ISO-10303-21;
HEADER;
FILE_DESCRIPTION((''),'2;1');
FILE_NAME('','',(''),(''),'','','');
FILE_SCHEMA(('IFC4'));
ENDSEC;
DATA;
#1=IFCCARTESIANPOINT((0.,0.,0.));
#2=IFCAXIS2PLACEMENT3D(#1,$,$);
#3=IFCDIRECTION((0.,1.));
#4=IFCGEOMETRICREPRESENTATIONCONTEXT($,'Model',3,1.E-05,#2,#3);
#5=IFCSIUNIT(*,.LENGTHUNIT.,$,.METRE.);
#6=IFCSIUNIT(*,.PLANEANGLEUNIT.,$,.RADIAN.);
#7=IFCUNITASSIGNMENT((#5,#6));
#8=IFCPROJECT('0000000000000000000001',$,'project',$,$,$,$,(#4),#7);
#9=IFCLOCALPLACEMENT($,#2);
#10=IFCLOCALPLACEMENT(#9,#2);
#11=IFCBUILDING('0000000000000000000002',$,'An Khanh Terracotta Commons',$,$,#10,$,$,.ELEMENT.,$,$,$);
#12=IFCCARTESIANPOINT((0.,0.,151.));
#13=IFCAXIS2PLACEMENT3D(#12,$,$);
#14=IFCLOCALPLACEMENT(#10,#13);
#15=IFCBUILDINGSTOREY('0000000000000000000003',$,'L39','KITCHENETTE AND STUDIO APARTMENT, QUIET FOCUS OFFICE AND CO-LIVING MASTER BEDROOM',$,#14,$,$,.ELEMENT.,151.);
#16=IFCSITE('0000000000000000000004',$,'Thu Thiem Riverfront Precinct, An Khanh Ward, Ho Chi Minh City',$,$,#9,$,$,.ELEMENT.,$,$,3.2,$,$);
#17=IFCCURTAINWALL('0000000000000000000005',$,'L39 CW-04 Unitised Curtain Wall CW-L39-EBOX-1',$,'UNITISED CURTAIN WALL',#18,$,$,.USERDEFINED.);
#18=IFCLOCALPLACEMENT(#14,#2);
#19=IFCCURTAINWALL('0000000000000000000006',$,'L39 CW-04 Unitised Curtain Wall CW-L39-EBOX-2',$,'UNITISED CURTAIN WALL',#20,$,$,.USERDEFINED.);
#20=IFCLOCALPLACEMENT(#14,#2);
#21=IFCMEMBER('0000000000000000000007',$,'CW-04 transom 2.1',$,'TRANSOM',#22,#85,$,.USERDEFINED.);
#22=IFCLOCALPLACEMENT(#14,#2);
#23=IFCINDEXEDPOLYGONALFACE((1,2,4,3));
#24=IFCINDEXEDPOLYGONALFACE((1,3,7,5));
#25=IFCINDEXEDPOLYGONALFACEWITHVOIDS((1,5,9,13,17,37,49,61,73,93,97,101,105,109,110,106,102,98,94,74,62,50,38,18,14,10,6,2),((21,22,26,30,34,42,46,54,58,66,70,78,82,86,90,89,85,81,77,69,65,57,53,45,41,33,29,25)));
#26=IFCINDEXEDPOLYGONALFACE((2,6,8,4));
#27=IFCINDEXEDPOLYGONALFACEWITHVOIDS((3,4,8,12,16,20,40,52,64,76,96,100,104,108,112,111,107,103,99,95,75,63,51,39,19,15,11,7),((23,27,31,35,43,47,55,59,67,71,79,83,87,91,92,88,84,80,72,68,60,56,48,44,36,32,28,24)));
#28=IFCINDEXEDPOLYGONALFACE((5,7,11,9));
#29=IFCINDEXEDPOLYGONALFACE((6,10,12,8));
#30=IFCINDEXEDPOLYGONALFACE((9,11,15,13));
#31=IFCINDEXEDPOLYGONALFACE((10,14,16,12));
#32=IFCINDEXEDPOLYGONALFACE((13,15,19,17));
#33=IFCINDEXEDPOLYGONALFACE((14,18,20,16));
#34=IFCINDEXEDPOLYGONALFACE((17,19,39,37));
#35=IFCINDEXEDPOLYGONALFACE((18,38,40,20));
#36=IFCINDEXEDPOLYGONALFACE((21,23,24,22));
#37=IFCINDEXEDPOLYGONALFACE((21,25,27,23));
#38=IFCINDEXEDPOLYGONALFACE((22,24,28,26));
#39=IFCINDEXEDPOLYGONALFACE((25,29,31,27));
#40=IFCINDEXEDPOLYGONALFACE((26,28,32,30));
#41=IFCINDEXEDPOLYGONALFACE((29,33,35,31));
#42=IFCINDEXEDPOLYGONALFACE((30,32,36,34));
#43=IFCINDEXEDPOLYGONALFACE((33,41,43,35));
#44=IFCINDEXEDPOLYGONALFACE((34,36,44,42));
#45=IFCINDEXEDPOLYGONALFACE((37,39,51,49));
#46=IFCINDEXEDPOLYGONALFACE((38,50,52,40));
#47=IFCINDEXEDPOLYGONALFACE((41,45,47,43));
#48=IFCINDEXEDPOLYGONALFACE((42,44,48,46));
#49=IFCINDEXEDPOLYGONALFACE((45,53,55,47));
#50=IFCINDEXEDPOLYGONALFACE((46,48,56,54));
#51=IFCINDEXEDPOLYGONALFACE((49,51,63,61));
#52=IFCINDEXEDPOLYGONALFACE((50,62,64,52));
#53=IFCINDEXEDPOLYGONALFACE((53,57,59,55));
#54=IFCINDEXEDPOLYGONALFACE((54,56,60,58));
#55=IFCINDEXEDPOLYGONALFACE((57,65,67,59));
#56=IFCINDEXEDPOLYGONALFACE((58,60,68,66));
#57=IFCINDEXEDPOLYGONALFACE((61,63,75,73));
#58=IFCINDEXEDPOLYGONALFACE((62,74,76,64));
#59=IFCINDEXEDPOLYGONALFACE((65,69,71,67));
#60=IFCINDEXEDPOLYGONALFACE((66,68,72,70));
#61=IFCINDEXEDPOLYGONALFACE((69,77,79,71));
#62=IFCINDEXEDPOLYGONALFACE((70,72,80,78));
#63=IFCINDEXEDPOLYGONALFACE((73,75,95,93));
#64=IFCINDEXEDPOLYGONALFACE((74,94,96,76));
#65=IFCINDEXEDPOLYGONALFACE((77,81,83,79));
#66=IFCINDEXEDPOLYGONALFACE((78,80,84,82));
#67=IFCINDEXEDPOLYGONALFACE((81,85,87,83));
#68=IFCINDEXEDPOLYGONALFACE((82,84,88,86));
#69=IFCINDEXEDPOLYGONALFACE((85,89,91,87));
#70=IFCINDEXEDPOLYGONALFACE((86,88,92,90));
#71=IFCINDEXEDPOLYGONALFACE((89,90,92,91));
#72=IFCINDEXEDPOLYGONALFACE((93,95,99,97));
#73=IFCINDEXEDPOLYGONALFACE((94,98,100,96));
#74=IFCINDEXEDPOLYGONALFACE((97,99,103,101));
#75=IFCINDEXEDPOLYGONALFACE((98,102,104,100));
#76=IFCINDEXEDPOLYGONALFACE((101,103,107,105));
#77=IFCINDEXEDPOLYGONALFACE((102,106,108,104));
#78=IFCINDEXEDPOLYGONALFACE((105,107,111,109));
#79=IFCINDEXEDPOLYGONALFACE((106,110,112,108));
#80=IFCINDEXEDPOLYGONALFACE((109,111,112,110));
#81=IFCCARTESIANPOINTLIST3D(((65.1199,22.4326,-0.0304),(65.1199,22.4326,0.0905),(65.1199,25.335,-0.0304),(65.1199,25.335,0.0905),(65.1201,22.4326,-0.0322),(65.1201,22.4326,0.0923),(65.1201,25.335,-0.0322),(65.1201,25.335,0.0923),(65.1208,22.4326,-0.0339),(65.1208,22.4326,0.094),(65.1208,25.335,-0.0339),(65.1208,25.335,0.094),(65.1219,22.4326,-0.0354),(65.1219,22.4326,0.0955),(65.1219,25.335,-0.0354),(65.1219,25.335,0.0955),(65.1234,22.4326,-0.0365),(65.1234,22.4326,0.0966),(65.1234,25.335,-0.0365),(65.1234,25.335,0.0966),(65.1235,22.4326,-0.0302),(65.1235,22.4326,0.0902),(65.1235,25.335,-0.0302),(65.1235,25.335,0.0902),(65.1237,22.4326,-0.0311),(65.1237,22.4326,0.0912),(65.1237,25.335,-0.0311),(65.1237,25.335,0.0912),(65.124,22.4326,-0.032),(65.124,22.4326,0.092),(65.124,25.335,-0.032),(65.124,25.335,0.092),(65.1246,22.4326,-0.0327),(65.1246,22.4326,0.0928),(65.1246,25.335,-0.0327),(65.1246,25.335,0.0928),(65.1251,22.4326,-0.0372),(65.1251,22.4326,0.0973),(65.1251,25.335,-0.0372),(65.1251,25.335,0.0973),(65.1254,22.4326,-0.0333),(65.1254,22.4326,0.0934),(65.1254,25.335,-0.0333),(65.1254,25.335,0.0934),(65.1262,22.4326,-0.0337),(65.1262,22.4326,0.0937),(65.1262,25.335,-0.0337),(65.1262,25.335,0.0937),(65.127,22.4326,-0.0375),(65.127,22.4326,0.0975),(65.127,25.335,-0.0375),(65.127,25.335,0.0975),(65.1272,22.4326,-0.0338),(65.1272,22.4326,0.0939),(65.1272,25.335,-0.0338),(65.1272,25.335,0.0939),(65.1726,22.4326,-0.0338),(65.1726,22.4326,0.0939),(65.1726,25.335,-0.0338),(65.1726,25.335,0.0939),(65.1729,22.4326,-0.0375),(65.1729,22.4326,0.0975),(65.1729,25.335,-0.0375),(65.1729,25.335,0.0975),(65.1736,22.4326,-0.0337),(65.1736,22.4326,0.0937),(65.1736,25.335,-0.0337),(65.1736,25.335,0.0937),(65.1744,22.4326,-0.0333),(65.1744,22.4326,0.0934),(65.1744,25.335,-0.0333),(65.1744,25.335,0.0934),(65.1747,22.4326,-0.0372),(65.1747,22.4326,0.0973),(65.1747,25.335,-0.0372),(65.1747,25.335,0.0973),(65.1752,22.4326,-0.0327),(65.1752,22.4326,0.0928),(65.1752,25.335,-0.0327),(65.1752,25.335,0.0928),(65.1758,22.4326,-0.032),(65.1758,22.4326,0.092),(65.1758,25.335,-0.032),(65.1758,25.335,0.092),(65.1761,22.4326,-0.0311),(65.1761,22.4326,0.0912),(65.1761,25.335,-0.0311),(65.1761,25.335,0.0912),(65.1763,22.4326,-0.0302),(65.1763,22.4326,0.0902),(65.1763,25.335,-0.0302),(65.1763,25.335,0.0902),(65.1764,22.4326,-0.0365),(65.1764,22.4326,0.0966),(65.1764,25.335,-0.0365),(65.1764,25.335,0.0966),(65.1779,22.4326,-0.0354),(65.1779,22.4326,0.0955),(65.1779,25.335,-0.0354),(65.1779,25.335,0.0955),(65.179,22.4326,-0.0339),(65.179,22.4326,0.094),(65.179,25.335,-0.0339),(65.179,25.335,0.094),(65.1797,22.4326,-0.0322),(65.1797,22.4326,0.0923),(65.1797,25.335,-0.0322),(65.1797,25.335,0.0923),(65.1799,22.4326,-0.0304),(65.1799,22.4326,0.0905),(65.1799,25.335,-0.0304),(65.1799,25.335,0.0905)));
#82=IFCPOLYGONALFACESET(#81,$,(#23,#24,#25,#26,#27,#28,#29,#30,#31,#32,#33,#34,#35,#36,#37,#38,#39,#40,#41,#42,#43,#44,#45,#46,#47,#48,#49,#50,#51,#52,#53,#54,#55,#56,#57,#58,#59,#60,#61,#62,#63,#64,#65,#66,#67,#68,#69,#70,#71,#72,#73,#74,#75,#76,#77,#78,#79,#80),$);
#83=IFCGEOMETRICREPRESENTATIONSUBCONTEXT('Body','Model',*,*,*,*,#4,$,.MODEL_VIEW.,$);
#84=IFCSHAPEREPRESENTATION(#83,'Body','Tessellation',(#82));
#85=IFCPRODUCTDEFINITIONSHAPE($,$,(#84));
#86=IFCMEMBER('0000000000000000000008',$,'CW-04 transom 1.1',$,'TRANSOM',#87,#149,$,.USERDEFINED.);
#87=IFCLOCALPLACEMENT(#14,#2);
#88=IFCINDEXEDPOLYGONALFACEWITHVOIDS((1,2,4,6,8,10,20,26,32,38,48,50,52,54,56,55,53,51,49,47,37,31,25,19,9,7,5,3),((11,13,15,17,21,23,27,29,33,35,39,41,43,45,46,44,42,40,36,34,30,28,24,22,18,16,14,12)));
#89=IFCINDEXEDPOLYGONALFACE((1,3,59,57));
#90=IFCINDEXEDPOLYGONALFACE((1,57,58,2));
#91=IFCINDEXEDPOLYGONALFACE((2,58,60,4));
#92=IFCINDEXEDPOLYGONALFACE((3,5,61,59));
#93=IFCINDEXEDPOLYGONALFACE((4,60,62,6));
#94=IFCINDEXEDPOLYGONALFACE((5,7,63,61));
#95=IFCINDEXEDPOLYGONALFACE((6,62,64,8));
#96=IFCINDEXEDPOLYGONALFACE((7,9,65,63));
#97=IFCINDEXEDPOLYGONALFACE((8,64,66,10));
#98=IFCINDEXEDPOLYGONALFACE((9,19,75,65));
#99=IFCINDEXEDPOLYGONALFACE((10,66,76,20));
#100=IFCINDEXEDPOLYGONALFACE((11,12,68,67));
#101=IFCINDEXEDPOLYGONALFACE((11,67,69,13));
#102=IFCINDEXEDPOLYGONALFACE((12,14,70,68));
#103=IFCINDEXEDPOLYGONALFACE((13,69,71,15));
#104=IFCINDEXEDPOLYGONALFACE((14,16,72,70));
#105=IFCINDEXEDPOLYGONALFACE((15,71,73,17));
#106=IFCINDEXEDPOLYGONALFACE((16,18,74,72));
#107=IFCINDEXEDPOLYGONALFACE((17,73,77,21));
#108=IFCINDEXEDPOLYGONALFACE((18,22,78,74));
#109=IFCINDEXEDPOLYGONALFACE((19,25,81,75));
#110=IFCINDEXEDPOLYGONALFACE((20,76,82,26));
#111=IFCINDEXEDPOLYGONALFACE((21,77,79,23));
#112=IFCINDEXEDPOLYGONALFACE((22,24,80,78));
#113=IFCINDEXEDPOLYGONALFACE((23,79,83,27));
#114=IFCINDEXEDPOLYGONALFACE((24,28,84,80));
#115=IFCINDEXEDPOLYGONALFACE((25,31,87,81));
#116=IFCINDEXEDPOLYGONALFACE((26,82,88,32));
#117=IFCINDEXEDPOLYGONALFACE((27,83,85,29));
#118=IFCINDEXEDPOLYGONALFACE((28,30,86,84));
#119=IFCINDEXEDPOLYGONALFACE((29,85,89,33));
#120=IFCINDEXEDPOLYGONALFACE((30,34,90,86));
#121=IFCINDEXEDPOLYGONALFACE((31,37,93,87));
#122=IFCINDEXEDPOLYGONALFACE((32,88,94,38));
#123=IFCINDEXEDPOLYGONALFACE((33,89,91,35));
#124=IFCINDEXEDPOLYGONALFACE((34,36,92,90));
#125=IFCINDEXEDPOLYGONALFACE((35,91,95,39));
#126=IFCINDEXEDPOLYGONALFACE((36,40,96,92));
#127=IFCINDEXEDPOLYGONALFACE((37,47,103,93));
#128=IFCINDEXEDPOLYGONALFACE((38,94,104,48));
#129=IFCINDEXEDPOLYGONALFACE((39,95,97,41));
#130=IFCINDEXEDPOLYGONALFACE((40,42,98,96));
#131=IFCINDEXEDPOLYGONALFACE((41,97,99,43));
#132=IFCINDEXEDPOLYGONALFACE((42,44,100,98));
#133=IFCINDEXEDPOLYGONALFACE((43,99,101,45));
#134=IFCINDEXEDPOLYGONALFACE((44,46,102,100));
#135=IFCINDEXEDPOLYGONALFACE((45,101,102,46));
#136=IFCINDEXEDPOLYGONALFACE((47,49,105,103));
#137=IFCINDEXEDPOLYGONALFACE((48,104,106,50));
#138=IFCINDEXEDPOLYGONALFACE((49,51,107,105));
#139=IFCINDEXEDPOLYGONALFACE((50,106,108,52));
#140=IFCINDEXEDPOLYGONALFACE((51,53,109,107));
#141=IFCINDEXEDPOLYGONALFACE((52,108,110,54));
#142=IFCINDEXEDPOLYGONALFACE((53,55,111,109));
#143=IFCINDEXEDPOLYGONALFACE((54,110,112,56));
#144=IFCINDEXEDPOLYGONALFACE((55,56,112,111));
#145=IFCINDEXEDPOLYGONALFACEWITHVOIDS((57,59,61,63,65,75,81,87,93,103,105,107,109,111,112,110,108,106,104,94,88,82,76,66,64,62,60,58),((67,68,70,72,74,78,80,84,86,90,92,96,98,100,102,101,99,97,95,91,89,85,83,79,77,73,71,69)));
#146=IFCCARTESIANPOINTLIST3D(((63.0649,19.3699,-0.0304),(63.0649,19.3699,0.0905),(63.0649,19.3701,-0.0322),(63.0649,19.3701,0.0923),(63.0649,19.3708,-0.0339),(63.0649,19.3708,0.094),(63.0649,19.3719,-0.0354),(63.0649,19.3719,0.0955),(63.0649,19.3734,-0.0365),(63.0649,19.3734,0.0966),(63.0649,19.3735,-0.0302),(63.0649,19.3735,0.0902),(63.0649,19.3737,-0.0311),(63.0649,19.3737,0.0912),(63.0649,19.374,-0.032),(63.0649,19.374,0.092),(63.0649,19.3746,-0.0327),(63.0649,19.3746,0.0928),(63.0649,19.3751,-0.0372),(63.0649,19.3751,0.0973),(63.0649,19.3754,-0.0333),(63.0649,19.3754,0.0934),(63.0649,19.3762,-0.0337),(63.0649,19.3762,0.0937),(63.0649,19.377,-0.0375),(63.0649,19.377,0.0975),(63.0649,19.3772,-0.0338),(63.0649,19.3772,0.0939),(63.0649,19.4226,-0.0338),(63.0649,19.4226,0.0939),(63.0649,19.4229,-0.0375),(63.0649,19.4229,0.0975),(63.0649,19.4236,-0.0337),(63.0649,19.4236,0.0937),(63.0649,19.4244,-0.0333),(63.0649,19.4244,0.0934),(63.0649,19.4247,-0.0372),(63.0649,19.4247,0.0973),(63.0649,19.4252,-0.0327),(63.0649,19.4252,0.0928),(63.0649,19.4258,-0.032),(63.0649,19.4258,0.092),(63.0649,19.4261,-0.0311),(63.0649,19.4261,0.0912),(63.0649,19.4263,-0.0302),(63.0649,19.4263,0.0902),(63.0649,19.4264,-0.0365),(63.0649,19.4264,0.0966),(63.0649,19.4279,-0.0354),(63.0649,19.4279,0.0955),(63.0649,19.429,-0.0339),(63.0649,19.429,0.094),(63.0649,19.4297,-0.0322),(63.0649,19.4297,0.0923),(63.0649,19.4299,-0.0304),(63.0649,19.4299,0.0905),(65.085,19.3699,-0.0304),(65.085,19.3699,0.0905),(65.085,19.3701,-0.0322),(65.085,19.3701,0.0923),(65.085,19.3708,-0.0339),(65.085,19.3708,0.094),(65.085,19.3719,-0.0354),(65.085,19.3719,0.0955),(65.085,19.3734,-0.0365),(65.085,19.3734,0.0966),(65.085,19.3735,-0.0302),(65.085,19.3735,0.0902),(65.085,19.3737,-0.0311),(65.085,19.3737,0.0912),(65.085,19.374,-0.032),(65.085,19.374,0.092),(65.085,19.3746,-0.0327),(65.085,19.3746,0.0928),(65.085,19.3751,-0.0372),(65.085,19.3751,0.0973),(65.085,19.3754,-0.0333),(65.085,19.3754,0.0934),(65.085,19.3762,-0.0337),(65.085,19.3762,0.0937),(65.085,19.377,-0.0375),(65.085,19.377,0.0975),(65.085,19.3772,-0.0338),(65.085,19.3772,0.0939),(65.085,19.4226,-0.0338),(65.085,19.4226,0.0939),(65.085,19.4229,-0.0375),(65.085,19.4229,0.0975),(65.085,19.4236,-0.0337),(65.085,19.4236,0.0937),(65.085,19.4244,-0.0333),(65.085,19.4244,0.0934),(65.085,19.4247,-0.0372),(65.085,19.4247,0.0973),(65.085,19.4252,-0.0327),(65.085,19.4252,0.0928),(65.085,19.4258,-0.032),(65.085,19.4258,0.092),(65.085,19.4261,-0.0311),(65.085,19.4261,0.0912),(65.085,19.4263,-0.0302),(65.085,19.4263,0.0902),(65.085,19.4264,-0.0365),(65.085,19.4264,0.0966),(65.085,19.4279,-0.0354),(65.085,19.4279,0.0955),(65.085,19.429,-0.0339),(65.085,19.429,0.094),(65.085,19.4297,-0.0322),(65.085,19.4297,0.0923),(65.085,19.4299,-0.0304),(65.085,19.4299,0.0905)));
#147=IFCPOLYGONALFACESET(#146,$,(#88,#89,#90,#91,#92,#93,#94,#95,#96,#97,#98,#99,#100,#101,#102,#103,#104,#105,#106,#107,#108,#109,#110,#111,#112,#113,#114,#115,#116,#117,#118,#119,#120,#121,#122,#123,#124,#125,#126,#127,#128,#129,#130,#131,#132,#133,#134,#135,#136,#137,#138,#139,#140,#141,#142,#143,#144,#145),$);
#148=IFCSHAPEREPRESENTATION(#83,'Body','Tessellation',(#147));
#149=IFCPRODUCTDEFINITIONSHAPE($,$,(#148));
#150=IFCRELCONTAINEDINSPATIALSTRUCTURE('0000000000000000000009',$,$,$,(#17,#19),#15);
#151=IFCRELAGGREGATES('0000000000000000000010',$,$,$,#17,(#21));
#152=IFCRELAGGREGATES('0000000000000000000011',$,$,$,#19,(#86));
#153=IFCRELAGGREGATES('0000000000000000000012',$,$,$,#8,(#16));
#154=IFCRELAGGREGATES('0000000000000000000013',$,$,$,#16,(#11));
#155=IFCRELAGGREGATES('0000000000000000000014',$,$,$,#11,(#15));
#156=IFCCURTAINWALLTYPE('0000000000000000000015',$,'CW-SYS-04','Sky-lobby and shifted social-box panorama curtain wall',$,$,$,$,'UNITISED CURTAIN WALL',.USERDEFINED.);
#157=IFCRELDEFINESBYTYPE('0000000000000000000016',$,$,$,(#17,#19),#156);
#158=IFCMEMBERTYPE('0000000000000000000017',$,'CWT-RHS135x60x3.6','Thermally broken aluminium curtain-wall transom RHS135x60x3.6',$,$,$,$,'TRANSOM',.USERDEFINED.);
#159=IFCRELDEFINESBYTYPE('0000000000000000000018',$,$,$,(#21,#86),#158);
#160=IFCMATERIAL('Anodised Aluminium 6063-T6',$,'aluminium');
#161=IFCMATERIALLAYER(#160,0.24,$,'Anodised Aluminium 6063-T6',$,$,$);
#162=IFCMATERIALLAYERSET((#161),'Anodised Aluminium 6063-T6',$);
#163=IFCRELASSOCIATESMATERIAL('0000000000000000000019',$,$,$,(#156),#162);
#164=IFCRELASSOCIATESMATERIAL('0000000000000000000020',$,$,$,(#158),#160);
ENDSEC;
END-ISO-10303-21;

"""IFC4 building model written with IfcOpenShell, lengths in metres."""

from ifc_helpers import new_model, si_unit, direction, frame, origin, origin_2d, place, context, subcontext, project, spatial, hollow_rectangle, extrude, material, layer, layer_set, material_profile, profile_set, type_object, element, aggregate, save


model = new_model("IFC4")

# Units and contexts
model_context = context("Model", 3, precision=1e-05, world=origin(), true_north=direction((0.0, 1.0)))
body_context = subcontext(model_context, "Body", "Model", "MODEL_VIEW")
ifc_project = project(units=[si_unit("LENGTHUNIT", "METRE"), si_unit("PLANEANGLEUNIT", "RADIAN")], contexts=[model_context])

# Site, building, storey
site_placement = place(None, origin())
site = spatial("IfcSite", under=ifc_project, at=site_placement, Name="Thu Thiem Riverfront Precinct, An Khanh Ward, Ho Chi Minh City", CompositionType="ELEMENT", RefElevation=3.2)
building_placement = place(site_placement, origin())
building = spatial("IfcBuilding", under=site, at=building_placement, Name="An Khanh Terracotta Commons", CompositionType="ELEMENT")
storey_placement = place(building_placement, frame((0.0, 0.0, 151.0)))
storey = spatial("IfcBuildingStorey", under=building, at=storey_placement, Name="L39", Description="KITCHENETTE AND STUDIO APARTMENT, QUIET FOCUS OFFICE AND CO-LIVING MASTER BEDROOM", CompositionType="ELEMENT", Elevation=151.0)

# Curtain walls
ifc_material_1 = material(Name="Anodised Aluminium 6063-T6", Category="aluminium")
ifc_layer_1 = layer(ifc_material_1, 0.24, Name="Anodised Aluminium 6063-T6")
ifc_layer_set_1 = layer_set([ifc_layer_1], Name="Anodised Aluminium 6063-T6")
curtain_wall_type_1 = type_object("IfcCurtainWallType", Name="CW-SYS-04", Description="Sky-lobby and shifted social-box panorama curtain wall", ElementType="UNITISED CURTAIN WALL", PredefinedType="USERDEFINED", material=ifc_layer_set_1)
curtain_wall_1_placement = place(storey_placement, origin())
curtain_wall_1 = element("IfcCurtainWall", 1, at=curtain_wall_1_placement, inside=storey, type_object=curtain_wall_type_1, Name="L39 CW-04 Unitised Curtain Wall CW-L39-EBOX-1", ObjectType="UNITISED CURTAIN WALL", PredefinedType="USERDEFINED")
curtain_wall_2_placement = place(storey_placement, origin())
curtain_wall_2 = element("IfcCurtainWall", 2, at=curtain_wall_2_placement, inside=storey, type_object=curtain_wall_type_1, Name="L39 CW-04 Unitised Curtain Wall CW-L39-EBOX-2", ObjectType="UNITISED CURTAIN WALL", PredefinedType="USERDEFINED")

# Members
ifc_material_profile_1 = material_profile(ifc_material_1, hollow_rectangle(XDim=0.0601, YDim=0.135, WallThickness=0.0037, InnerFilletRadius=0.0037, OuterFilletRadius=0.0071, at=origin_2d()), Name="RHS135x60x3.6")
ifc_profile_set_1 = profile_set([ifc_material_profile_1], Name="Anodised Aluminium 6063-T6")
member_type_1 = type_object("IfcMemberType", Name="CWT-RHS135x60x3.6", Description="Thermally broken aluminium curtain-wall transom RHS135x60x3.6", ElementType="TRANSOM", PredefinedType="USERDEFINED", material=ifc_profile_set_1)
member_1_placement = place(storey_placement, frame((65.1499, 22.4326, 0.03), z_axis=(0.0, 1.0, 0.0), x_axis=(-1.0, 0.0, 0.0)))
member_1 = element("IfcMember", 3, at=member_1_placement, type_object=member_type_1, Name="CW-04 transom 2.1", ObjectType="TRANSOM", PredefinedType="USERDEFINED", context=body_context, shape_type="SweptSolid", body=[
    extrude(hollow_rectangle(XDim=0.0601, YDim=0.135, WallThickness=0.0037, InnerFilletRadius=0.0037, OuterFilletRadius=0.0071, at=origin_2d()), origin(), (0.0, 0.0, 1.0), 2.9023),
])
member_2_placement = place(storey_placement, frame((63.0649, 19.3999, 0.03), z_axis=(1.0, 0.0, 0.0), x_axis=(0.0, 1.0, 0.0)))
member_2 = element("IfcMember", 4, at=member_2_placement, type_object=member_type_1, Name="CW-04 transom 1.1", ObjectType="TRANSOM", PredefinedType="USERDEFINED", context=body_context, shape_type="SweptSolid", body=[
    extrude(hollow_rectangle(XDim=0.0601, YDim=0.135, WallThickness=0.0037, InnerFilletRadius=0.0037, OuterFilletRadius=0.0071, at=origin_2d()), origin(), (0.0, 0.0, 1.0), 2.02),
])

aggregate(curtain_wall_1, [member_1])
aggregate(curtain_wall_2, [member_2])

save(model, "model.ifc")
